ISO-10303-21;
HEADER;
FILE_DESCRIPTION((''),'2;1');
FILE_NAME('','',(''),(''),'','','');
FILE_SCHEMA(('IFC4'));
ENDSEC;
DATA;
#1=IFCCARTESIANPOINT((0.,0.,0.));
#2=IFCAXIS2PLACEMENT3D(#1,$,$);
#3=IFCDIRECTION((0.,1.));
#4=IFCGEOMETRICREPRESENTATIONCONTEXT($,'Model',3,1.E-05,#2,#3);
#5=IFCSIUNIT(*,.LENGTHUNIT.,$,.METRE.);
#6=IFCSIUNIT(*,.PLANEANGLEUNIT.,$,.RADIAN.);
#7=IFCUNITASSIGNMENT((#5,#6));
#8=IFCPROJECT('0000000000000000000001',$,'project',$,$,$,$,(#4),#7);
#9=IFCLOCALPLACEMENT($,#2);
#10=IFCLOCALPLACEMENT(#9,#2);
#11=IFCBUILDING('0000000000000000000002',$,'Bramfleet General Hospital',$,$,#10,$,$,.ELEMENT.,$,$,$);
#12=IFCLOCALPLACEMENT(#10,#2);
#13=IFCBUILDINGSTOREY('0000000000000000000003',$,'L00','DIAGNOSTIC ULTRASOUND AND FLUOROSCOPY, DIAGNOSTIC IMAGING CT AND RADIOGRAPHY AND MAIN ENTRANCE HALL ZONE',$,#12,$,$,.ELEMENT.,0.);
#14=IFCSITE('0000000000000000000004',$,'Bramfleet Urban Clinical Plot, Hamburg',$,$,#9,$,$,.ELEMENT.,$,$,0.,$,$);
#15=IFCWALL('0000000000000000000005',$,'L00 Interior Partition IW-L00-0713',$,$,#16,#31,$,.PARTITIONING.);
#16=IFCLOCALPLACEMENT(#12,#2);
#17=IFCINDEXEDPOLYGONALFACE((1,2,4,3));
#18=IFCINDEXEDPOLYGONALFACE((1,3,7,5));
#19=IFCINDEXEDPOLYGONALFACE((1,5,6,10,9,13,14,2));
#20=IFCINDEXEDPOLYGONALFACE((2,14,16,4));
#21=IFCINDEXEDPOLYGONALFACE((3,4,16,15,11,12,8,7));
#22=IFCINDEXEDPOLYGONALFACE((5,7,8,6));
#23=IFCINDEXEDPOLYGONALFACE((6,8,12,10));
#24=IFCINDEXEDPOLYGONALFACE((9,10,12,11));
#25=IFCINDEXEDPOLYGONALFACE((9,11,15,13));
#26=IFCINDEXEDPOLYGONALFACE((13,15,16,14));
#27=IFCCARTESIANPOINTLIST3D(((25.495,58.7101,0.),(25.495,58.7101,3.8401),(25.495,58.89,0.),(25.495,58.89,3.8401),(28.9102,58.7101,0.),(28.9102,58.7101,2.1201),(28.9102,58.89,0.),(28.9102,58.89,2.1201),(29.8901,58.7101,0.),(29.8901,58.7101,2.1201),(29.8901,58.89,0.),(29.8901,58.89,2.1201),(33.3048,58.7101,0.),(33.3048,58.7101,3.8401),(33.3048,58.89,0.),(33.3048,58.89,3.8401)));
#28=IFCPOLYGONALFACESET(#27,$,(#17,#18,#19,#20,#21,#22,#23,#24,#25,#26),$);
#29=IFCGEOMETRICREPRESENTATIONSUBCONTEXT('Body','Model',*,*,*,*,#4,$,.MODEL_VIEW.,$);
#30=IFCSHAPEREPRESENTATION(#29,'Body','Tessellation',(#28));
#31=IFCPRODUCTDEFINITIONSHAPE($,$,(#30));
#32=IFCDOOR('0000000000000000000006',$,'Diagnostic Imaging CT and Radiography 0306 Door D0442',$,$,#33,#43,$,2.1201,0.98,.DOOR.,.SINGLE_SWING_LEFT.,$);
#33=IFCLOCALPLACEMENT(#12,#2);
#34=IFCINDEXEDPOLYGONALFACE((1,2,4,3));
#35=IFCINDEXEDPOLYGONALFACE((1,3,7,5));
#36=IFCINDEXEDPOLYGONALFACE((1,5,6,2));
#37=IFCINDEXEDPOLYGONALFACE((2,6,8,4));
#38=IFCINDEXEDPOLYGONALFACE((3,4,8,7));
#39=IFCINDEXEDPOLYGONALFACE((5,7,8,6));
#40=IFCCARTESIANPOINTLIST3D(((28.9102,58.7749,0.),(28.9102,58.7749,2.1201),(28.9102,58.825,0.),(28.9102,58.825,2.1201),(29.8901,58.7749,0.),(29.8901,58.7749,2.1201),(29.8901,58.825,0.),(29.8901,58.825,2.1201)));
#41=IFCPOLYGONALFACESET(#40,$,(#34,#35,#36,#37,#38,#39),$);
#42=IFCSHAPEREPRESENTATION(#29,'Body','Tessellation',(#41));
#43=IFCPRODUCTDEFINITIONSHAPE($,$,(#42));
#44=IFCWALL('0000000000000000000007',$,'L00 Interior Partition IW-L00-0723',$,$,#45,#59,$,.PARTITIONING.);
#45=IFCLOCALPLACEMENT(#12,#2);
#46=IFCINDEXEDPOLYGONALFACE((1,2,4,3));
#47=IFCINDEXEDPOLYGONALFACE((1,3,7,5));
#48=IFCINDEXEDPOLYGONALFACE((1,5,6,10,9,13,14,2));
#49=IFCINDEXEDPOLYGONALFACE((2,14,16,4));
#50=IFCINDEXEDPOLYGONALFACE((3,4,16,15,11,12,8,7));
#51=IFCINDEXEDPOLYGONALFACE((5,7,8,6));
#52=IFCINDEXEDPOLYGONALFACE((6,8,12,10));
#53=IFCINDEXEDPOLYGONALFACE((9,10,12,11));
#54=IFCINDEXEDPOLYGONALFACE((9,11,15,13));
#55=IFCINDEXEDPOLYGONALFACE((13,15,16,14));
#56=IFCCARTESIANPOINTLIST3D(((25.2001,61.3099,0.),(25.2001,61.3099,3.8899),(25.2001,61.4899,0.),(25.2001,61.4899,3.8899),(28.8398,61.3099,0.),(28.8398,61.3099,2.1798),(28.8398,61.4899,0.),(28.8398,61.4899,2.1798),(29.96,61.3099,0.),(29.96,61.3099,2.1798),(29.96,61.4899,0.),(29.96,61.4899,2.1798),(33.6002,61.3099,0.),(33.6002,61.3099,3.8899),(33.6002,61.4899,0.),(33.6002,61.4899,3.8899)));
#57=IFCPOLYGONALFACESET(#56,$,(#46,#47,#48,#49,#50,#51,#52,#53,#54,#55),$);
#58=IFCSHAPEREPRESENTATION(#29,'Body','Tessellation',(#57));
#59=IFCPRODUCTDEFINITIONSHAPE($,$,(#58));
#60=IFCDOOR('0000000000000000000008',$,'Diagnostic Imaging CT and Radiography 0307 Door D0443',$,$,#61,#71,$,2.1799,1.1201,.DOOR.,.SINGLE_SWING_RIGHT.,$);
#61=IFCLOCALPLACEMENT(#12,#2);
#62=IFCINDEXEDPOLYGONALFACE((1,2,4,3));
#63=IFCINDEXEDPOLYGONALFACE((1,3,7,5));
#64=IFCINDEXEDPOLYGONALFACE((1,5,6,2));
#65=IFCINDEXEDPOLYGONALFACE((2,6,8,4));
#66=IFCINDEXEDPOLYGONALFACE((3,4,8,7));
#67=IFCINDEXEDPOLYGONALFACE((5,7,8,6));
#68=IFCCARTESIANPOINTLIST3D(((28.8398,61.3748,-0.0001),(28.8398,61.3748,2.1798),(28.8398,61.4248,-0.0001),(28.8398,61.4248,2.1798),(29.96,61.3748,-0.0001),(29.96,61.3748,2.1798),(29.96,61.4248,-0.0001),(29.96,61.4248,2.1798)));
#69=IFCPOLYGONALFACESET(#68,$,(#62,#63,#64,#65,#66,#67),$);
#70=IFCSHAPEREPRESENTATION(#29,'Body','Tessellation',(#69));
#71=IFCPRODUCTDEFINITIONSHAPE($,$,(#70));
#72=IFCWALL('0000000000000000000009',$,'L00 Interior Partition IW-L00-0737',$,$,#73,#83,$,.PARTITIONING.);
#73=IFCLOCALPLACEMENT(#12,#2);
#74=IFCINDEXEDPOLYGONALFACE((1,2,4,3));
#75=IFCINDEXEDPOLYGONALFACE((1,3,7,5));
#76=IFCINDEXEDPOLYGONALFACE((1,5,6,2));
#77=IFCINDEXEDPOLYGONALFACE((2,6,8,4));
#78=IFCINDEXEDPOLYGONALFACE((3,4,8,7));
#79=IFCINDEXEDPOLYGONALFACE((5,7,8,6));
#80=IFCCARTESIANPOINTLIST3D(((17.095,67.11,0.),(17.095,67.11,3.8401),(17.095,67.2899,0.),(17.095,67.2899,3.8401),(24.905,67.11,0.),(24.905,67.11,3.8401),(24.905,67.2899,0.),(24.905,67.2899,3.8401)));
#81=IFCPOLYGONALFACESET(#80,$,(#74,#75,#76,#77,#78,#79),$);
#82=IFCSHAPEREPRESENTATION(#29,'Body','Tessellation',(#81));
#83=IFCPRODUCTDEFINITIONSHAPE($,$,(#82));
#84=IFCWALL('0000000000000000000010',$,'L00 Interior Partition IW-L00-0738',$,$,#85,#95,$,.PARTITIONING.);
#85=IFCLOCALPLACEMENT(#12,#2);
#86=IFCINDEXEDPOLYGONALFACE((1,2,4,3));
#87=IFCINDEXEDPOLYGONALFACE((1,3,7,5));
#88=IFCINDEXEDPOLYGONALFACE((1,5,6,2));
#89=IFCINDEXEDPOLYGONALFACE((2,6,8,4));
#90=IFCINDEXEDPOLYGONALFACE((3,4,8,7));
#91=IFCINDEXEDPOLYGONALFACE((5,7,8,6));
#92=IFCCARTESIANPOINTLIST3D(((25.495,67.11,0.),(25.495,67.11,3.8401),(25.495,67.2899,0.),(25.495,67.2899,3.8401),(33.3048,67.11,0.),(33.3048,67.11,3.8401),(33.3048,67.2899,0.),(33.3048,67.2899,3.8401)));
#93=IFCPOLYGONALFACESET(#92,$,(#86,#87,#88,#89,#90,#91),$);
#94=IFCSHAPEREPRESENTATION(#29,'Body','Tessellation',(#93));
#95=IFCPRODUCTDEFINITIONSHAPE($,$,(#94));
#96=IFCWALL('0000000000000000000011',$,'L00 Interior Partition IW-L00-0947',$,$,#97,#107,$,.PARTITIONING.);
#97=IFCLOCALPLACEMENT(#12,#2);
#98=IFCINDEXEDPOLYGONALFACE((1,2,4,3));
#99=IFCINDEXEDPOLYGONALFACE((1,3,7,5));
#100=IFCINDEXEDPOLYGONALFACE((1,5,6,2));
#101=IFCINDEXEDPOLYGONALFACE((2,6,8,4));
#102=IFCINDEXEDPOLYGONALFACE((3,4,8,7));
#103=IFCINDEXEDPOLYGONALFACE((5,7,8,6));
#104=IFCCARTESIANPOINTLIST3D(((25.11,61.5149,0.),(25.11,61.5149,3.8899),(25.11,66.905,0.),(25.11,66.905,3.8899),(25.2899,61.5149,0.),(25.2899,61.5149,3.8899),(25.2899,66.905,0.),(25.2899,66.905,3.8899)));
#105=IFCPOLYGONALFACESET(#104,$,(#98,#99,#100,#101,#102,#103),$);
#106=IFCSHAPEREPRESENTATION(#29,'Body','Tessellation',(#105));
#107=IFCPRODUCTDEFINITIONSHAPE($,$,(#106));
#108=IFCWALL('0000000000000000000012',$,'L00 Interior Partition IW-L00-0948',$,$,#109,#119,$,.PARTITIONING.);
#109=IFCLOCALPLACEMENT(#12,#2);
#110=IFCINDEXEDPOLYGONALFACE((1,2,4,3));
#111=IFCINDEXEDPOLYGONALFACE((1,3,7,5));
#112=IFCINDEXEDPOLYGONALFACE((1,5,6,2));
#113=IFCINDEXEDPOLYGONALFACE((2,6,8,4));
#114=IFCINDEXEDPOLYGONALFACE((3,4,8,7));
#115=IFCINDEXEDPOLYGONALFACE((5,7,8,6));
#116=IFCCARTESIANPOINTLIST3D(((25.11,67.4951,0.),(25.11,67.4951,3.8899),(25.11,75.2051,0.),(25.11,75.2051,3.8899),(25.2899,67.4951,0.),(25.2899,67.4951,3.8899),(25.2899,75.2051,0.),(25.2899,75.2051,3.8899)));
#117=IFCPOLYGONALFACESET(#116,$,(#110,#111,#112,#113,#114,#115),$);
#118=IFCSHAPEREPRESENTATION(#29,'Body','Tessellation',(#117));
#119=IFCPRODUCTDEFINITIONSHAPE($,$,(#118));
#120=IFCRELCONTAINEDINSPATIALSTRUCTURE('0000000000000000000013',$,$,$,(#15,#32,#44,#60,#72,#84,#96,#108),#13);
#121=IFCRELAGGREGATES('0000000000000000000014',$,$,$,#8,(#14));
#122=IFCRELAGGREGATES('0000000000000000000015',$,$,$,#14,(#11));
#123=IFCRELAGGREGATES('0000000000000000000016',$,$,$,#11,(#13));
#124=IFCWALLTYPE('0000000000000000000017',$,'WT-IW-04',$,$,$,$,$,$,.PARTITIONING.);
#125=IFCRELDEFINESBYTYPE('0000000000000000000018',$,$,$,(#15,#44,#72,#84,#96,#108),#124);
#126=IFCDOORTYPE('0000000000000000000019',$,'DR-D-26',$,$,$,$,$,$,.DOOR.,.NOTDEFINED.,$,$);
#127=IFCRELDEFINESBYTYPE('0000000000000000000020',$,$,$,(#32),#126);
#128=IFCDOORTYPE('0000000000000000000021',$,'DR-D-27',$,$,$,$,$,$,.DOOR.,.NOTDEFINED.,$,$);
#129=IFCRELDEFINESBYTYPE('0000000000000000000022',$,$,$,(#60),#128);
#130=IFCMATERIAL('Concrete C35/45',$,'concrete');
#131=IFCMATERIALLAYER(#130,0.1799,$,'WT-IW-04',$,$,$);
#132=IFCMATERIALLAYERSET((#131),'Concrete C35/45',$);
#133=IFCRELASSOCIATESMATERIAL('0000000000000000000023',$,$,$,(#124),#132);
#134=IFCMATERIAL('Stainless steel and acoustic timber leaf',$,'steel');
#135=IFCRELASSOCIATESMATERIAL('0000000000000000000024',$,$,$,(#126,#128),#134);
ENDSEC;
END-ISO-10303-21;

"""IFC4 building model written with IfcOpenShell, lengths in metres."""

from ifc_helpers import new_model, si_unit, direction, frame, frame_2d, origin, place, context, subcontext, project, spatial, rectangle, extrude, material, layer, layer_set, type_object, element, fill, save


model = new_model("IFC4")

# Units and contexts
model_context = context("Model", 3, precision=1e-05, world=origin(), true_north=direction((0.0, 1.0)))
body_context = subcontext(model_context, "Body", "Model", "MODEL_VIEW")
ifc_project = project(units=[si_unit("LENGTHUNIT", "METRE"), si_unit("PLANEANGLEUNIT", "RADIAN")], contexts=[model_context])

# Site, building, storey
site_placement = place(None, origin())
site = spatial("IfcSite", under=ifc_project, at=site_placement, Name="Bramfleet Urban Clinical Plot, Hamburg", CompositionType="ELEMENT", RefElevation=0.0)
building_placement = place(site_placement, origin())
building = spatial("IfcBuilding", under=site, at=building_placement, Name="Bramfleet General Hospital", CompositionType="ELEMENT")
storey_placement = place(building_placement, origin())
storey = spatial("IfcBuildingStorey", under=building, at=storey_placement, Name="L00", Description="DIAGNOSTIC ULTRASOUND AND FLUOROSCOPY, DIAGNOSTIC IMAGING CT AND RADIOGRAPHY AND MAIN ENTRANCE HALL ZONE", CompositionType="ELEMENT", Elevation=0.0)

# Shared definitions
ifc_material_1 = material(Name="Concrete C35/45", Category="concrete")

# Walls, openings, doors
ifc_material_2 = material(Name="Stainless steel and acoustic timber leaf", Category="steel")
ifc_layer_1 = layer(ifc_material_1, 0.1799, Name="WT-IW-04")
ifc_layer_set_1 = layer_set([ifc_layer_1], Name="Concrete C35/45")
wall_type_1 = type_object("IfcWallType", Name="WT-IW-04", PredefinedType="PARTITIONING", material=ifc_layer_set_1)
wall_1_placement = place(storey_placement, frame((25.4951, 58.8, 0.0), z_axis=(0.0, 0.0, 1.0), x_axis=(1.0, 0.0, 0.0)))
wall_1 = element("IfcWall", 1, at=wall_1_placement, inside=storey, type_object=wall_type_1, Name="L00 Interior Partition IW-L00-0713", PredefinedType="PARTITIONING", context=body_context, shape_type="SweptSolid", body=[
    extrude(rectangle(XDim=7.8098, YDim=0.1799, at=frame_2d((3.9048, 0.0))), origin(), (0.0, 0.0, 1.0), 3.8401),
])
opening_1_placement = place(wall_1_placement, frame((3.415, 0.0, 0.0)))
opening_1 = element("IfcOpeningElement", 2, at=opening_1_placement, cuts=wall_1, PredefinedType="OPENING", context=body_context, shape_type="SweptSolid", body=[
    extrude(rectangle(XDim=0.98, YDim=2.1201, at=frame_2d((0.49, 1.0601))), frame((0.0, 0.0999, 0.0), z_axis=(0.0, -1.0, 0.0), x_axis=(1.0, 0.0, 0.0)), (0.0, 0.0, 1.0), 0.2),
])
door_type_1 = type_object("IfcDoorType", Name="DR-D-26", OperationType="NOTDEFINED", PredefinedType="DOOR", material=ifc_material_2)
door_1_placement = place(opening_1_placement, origin())
door_1 = element("IfcDoor", 3, at=door_1_placement, inside=storey, type_object=door_type_1, Name="Diagnostic Imaging CT and Radiography 0306 Door D0442", OperationType="SINGLE_SWING_LEFT", OverallHeight=2.1201, OverallWidth=0.98, PredefinedType="DOOR", context=body_context, shape_type="SweptSolid", body=[
    extrude(rectangle(XDim=0.98, YDim=2.1201, at=frame_2d((0.49, 1.0601))), frame((0.0, 0.0249, 0.0), z_axis=(0.0, -1.0, 0.0), x_axis=(1.0, 0.0, 0.0)), (0.0, 0.0, 1.0), 0.05),
])
fill(opening_1, door_1)
wall_2_placement = place(storey_placement, frame((25.2, 61.3999, 0.0), z_axis=(0.0, 0.0, 1.0), x_axis=(1.0, 0.0, 0.0)))
wall_2 = element("IfcWall", 4, at=wall_2_placement, inside=storey, type_object=wall_type_1, Name="L00 Interior Partition IW-L00-0723", PredefinedType="PARTITIONING", context=body_context, shape_type="SweptSolid", body=[
    extrude(rectangle(XDim=8.4001, YDim=0.1799, at=frame_2d((4.2002, 0.0))), origin(), (0.0, 0.0, 1.0), 3.8899),
])
opening_2_placement = place(wall_2_placement, frame((3.6399, 0.0, 0.0)))
opening_2 = element("IfcOpeningElement", 5, at=opening_2_placement, cuts=wall_2, PredefinedType="OPENING", context=body_context, shape_type="SweptSolid", body=[
    extrude(rectangle(XDim=1.1201, YDim=2.1799, at=frame_2d((0.5601, 1.0898))), frame((0.0, 0.0999, 0.0), z_axis=(0.0, -1.0, 0.0), x_axis=(1.0, 0.0, 0.0)), (0.0, 0.0, 1.0), 0.2),
])
door_type_2 = type_object("IfcDoorType", Name="DR-D-27", OperationType="NOTDEFINED", PredefinedType="DOOR", material=ifc_material_2)
door_2_placement = place(opening_2_placement, origin())
door_2 = element("IfcDoor", 6, at=door_2_placement, inside=storey, type_object=door_type_2, Name="Diagnostic Imaging CT and Radiography 0307 Door D0443", OperationType="SINGLE_SWING_RIGHT", OverallHeight=2.1799, OverallWidth=1.1201, PredefinedType="DOOR", context=body_context, shape_type="SweptSolid", body=[
    extrude(rectangle(XDim=1.1201, YDim=2.1799, at=frame_2d((0.5601, 1.0898))), frame((0.0, 0.0249, 0.0), z_axis=(0.0, -1.0, 0.0), x_axis=(1.0, 0.0, 0.0)), (0.0, 0.0, 1.0), 0.05),
])
fill(opening_2, door_2)

# Walls
wall_3_placement = place(storey_placement, frame((17.095, 67.2, 0.0), z_axis=(0.0, 0.0, 1.0), x_axis=(1.0, 0.0, 0.0)))
element("IfcWall", 7, at=wall_3_placement, inside=storey, type_object=wall_type_1, Name="L00 Interior Partition IW-L00-0737", PredefinedType="PARTITIONING", context=body_context, shape_type="SweptSolid", body=[
    extrude(rectangle(XDim=7.8101, YDim=0.1799, at=frame_2d((3.905, 0.0))), origin(), (0.0, 0.0, 1.0), 3.8401),
])
wall_4_placement = place(storey_placement, frame((25.4951, 67.2, 0.0), z_axis=(0.0, 0.0, 1.0), x_axis=(1.0, 0.0, 0.0)))
element("IfcWall", 8, at=wall_4_placement, inside=storey, type_object=wall_type_1, Name="L00 Interior Partition IW-L00-0738", PredefinedType="PARTITIONING", context=body_context, shape_type="SweptSolid", body=[
    extrude(rectangle(XDim=7.8098, YDim=0.1799, at=frame_2d((3.9048, 0.0))), origin(), (0.0, 0.0, 1.0), 3.8401),
])
wall_5_placement = place(storey_placement, frame((25.2, 61.5149, 0.0), z_axis=(0.0, 0.0, 1.0), x_axis=(0.0, 1.0, 0.0)))
element("IfcWall", 9, at=wall_5_placement, inside=storey, type_object=wall_type_1, Name="L00 Interior Partition IW-L00-0947", PredefinedType="PARTITIONING", context=body_context, shape_type="SweptSolid", body=[
    extrude(rectangle(XDim=5.3901, YDim=0.1799, at=frame_2d((2.6951, 0.0))), origin(), (0.0, 0.0, 1.0), 3.8899),
])
wall_6_placement = place(storey_placement, frame((25.2, 67.4951, 0.0), z_axis=(0.0, 0.0, 1.0), x_axis=(0.0, 1.0, 0.0)))
element("IfcWall", 10, at=wall_6_placement, inside=storey, type_object=wall_type_1, Name="L00 Interior Partition IW-L00-0948", PredefinedType="PARTITIONING", context=body_context, shape_type="SweptSolid", body=[
    extrude(rectangle(XDim=7.71, YDim=0.1799, at=frame_2d((3.855, 0.0))), origin(), (0.0, 0.0, 1.0), 3.8899),
])

save(model, "model.ifc")
